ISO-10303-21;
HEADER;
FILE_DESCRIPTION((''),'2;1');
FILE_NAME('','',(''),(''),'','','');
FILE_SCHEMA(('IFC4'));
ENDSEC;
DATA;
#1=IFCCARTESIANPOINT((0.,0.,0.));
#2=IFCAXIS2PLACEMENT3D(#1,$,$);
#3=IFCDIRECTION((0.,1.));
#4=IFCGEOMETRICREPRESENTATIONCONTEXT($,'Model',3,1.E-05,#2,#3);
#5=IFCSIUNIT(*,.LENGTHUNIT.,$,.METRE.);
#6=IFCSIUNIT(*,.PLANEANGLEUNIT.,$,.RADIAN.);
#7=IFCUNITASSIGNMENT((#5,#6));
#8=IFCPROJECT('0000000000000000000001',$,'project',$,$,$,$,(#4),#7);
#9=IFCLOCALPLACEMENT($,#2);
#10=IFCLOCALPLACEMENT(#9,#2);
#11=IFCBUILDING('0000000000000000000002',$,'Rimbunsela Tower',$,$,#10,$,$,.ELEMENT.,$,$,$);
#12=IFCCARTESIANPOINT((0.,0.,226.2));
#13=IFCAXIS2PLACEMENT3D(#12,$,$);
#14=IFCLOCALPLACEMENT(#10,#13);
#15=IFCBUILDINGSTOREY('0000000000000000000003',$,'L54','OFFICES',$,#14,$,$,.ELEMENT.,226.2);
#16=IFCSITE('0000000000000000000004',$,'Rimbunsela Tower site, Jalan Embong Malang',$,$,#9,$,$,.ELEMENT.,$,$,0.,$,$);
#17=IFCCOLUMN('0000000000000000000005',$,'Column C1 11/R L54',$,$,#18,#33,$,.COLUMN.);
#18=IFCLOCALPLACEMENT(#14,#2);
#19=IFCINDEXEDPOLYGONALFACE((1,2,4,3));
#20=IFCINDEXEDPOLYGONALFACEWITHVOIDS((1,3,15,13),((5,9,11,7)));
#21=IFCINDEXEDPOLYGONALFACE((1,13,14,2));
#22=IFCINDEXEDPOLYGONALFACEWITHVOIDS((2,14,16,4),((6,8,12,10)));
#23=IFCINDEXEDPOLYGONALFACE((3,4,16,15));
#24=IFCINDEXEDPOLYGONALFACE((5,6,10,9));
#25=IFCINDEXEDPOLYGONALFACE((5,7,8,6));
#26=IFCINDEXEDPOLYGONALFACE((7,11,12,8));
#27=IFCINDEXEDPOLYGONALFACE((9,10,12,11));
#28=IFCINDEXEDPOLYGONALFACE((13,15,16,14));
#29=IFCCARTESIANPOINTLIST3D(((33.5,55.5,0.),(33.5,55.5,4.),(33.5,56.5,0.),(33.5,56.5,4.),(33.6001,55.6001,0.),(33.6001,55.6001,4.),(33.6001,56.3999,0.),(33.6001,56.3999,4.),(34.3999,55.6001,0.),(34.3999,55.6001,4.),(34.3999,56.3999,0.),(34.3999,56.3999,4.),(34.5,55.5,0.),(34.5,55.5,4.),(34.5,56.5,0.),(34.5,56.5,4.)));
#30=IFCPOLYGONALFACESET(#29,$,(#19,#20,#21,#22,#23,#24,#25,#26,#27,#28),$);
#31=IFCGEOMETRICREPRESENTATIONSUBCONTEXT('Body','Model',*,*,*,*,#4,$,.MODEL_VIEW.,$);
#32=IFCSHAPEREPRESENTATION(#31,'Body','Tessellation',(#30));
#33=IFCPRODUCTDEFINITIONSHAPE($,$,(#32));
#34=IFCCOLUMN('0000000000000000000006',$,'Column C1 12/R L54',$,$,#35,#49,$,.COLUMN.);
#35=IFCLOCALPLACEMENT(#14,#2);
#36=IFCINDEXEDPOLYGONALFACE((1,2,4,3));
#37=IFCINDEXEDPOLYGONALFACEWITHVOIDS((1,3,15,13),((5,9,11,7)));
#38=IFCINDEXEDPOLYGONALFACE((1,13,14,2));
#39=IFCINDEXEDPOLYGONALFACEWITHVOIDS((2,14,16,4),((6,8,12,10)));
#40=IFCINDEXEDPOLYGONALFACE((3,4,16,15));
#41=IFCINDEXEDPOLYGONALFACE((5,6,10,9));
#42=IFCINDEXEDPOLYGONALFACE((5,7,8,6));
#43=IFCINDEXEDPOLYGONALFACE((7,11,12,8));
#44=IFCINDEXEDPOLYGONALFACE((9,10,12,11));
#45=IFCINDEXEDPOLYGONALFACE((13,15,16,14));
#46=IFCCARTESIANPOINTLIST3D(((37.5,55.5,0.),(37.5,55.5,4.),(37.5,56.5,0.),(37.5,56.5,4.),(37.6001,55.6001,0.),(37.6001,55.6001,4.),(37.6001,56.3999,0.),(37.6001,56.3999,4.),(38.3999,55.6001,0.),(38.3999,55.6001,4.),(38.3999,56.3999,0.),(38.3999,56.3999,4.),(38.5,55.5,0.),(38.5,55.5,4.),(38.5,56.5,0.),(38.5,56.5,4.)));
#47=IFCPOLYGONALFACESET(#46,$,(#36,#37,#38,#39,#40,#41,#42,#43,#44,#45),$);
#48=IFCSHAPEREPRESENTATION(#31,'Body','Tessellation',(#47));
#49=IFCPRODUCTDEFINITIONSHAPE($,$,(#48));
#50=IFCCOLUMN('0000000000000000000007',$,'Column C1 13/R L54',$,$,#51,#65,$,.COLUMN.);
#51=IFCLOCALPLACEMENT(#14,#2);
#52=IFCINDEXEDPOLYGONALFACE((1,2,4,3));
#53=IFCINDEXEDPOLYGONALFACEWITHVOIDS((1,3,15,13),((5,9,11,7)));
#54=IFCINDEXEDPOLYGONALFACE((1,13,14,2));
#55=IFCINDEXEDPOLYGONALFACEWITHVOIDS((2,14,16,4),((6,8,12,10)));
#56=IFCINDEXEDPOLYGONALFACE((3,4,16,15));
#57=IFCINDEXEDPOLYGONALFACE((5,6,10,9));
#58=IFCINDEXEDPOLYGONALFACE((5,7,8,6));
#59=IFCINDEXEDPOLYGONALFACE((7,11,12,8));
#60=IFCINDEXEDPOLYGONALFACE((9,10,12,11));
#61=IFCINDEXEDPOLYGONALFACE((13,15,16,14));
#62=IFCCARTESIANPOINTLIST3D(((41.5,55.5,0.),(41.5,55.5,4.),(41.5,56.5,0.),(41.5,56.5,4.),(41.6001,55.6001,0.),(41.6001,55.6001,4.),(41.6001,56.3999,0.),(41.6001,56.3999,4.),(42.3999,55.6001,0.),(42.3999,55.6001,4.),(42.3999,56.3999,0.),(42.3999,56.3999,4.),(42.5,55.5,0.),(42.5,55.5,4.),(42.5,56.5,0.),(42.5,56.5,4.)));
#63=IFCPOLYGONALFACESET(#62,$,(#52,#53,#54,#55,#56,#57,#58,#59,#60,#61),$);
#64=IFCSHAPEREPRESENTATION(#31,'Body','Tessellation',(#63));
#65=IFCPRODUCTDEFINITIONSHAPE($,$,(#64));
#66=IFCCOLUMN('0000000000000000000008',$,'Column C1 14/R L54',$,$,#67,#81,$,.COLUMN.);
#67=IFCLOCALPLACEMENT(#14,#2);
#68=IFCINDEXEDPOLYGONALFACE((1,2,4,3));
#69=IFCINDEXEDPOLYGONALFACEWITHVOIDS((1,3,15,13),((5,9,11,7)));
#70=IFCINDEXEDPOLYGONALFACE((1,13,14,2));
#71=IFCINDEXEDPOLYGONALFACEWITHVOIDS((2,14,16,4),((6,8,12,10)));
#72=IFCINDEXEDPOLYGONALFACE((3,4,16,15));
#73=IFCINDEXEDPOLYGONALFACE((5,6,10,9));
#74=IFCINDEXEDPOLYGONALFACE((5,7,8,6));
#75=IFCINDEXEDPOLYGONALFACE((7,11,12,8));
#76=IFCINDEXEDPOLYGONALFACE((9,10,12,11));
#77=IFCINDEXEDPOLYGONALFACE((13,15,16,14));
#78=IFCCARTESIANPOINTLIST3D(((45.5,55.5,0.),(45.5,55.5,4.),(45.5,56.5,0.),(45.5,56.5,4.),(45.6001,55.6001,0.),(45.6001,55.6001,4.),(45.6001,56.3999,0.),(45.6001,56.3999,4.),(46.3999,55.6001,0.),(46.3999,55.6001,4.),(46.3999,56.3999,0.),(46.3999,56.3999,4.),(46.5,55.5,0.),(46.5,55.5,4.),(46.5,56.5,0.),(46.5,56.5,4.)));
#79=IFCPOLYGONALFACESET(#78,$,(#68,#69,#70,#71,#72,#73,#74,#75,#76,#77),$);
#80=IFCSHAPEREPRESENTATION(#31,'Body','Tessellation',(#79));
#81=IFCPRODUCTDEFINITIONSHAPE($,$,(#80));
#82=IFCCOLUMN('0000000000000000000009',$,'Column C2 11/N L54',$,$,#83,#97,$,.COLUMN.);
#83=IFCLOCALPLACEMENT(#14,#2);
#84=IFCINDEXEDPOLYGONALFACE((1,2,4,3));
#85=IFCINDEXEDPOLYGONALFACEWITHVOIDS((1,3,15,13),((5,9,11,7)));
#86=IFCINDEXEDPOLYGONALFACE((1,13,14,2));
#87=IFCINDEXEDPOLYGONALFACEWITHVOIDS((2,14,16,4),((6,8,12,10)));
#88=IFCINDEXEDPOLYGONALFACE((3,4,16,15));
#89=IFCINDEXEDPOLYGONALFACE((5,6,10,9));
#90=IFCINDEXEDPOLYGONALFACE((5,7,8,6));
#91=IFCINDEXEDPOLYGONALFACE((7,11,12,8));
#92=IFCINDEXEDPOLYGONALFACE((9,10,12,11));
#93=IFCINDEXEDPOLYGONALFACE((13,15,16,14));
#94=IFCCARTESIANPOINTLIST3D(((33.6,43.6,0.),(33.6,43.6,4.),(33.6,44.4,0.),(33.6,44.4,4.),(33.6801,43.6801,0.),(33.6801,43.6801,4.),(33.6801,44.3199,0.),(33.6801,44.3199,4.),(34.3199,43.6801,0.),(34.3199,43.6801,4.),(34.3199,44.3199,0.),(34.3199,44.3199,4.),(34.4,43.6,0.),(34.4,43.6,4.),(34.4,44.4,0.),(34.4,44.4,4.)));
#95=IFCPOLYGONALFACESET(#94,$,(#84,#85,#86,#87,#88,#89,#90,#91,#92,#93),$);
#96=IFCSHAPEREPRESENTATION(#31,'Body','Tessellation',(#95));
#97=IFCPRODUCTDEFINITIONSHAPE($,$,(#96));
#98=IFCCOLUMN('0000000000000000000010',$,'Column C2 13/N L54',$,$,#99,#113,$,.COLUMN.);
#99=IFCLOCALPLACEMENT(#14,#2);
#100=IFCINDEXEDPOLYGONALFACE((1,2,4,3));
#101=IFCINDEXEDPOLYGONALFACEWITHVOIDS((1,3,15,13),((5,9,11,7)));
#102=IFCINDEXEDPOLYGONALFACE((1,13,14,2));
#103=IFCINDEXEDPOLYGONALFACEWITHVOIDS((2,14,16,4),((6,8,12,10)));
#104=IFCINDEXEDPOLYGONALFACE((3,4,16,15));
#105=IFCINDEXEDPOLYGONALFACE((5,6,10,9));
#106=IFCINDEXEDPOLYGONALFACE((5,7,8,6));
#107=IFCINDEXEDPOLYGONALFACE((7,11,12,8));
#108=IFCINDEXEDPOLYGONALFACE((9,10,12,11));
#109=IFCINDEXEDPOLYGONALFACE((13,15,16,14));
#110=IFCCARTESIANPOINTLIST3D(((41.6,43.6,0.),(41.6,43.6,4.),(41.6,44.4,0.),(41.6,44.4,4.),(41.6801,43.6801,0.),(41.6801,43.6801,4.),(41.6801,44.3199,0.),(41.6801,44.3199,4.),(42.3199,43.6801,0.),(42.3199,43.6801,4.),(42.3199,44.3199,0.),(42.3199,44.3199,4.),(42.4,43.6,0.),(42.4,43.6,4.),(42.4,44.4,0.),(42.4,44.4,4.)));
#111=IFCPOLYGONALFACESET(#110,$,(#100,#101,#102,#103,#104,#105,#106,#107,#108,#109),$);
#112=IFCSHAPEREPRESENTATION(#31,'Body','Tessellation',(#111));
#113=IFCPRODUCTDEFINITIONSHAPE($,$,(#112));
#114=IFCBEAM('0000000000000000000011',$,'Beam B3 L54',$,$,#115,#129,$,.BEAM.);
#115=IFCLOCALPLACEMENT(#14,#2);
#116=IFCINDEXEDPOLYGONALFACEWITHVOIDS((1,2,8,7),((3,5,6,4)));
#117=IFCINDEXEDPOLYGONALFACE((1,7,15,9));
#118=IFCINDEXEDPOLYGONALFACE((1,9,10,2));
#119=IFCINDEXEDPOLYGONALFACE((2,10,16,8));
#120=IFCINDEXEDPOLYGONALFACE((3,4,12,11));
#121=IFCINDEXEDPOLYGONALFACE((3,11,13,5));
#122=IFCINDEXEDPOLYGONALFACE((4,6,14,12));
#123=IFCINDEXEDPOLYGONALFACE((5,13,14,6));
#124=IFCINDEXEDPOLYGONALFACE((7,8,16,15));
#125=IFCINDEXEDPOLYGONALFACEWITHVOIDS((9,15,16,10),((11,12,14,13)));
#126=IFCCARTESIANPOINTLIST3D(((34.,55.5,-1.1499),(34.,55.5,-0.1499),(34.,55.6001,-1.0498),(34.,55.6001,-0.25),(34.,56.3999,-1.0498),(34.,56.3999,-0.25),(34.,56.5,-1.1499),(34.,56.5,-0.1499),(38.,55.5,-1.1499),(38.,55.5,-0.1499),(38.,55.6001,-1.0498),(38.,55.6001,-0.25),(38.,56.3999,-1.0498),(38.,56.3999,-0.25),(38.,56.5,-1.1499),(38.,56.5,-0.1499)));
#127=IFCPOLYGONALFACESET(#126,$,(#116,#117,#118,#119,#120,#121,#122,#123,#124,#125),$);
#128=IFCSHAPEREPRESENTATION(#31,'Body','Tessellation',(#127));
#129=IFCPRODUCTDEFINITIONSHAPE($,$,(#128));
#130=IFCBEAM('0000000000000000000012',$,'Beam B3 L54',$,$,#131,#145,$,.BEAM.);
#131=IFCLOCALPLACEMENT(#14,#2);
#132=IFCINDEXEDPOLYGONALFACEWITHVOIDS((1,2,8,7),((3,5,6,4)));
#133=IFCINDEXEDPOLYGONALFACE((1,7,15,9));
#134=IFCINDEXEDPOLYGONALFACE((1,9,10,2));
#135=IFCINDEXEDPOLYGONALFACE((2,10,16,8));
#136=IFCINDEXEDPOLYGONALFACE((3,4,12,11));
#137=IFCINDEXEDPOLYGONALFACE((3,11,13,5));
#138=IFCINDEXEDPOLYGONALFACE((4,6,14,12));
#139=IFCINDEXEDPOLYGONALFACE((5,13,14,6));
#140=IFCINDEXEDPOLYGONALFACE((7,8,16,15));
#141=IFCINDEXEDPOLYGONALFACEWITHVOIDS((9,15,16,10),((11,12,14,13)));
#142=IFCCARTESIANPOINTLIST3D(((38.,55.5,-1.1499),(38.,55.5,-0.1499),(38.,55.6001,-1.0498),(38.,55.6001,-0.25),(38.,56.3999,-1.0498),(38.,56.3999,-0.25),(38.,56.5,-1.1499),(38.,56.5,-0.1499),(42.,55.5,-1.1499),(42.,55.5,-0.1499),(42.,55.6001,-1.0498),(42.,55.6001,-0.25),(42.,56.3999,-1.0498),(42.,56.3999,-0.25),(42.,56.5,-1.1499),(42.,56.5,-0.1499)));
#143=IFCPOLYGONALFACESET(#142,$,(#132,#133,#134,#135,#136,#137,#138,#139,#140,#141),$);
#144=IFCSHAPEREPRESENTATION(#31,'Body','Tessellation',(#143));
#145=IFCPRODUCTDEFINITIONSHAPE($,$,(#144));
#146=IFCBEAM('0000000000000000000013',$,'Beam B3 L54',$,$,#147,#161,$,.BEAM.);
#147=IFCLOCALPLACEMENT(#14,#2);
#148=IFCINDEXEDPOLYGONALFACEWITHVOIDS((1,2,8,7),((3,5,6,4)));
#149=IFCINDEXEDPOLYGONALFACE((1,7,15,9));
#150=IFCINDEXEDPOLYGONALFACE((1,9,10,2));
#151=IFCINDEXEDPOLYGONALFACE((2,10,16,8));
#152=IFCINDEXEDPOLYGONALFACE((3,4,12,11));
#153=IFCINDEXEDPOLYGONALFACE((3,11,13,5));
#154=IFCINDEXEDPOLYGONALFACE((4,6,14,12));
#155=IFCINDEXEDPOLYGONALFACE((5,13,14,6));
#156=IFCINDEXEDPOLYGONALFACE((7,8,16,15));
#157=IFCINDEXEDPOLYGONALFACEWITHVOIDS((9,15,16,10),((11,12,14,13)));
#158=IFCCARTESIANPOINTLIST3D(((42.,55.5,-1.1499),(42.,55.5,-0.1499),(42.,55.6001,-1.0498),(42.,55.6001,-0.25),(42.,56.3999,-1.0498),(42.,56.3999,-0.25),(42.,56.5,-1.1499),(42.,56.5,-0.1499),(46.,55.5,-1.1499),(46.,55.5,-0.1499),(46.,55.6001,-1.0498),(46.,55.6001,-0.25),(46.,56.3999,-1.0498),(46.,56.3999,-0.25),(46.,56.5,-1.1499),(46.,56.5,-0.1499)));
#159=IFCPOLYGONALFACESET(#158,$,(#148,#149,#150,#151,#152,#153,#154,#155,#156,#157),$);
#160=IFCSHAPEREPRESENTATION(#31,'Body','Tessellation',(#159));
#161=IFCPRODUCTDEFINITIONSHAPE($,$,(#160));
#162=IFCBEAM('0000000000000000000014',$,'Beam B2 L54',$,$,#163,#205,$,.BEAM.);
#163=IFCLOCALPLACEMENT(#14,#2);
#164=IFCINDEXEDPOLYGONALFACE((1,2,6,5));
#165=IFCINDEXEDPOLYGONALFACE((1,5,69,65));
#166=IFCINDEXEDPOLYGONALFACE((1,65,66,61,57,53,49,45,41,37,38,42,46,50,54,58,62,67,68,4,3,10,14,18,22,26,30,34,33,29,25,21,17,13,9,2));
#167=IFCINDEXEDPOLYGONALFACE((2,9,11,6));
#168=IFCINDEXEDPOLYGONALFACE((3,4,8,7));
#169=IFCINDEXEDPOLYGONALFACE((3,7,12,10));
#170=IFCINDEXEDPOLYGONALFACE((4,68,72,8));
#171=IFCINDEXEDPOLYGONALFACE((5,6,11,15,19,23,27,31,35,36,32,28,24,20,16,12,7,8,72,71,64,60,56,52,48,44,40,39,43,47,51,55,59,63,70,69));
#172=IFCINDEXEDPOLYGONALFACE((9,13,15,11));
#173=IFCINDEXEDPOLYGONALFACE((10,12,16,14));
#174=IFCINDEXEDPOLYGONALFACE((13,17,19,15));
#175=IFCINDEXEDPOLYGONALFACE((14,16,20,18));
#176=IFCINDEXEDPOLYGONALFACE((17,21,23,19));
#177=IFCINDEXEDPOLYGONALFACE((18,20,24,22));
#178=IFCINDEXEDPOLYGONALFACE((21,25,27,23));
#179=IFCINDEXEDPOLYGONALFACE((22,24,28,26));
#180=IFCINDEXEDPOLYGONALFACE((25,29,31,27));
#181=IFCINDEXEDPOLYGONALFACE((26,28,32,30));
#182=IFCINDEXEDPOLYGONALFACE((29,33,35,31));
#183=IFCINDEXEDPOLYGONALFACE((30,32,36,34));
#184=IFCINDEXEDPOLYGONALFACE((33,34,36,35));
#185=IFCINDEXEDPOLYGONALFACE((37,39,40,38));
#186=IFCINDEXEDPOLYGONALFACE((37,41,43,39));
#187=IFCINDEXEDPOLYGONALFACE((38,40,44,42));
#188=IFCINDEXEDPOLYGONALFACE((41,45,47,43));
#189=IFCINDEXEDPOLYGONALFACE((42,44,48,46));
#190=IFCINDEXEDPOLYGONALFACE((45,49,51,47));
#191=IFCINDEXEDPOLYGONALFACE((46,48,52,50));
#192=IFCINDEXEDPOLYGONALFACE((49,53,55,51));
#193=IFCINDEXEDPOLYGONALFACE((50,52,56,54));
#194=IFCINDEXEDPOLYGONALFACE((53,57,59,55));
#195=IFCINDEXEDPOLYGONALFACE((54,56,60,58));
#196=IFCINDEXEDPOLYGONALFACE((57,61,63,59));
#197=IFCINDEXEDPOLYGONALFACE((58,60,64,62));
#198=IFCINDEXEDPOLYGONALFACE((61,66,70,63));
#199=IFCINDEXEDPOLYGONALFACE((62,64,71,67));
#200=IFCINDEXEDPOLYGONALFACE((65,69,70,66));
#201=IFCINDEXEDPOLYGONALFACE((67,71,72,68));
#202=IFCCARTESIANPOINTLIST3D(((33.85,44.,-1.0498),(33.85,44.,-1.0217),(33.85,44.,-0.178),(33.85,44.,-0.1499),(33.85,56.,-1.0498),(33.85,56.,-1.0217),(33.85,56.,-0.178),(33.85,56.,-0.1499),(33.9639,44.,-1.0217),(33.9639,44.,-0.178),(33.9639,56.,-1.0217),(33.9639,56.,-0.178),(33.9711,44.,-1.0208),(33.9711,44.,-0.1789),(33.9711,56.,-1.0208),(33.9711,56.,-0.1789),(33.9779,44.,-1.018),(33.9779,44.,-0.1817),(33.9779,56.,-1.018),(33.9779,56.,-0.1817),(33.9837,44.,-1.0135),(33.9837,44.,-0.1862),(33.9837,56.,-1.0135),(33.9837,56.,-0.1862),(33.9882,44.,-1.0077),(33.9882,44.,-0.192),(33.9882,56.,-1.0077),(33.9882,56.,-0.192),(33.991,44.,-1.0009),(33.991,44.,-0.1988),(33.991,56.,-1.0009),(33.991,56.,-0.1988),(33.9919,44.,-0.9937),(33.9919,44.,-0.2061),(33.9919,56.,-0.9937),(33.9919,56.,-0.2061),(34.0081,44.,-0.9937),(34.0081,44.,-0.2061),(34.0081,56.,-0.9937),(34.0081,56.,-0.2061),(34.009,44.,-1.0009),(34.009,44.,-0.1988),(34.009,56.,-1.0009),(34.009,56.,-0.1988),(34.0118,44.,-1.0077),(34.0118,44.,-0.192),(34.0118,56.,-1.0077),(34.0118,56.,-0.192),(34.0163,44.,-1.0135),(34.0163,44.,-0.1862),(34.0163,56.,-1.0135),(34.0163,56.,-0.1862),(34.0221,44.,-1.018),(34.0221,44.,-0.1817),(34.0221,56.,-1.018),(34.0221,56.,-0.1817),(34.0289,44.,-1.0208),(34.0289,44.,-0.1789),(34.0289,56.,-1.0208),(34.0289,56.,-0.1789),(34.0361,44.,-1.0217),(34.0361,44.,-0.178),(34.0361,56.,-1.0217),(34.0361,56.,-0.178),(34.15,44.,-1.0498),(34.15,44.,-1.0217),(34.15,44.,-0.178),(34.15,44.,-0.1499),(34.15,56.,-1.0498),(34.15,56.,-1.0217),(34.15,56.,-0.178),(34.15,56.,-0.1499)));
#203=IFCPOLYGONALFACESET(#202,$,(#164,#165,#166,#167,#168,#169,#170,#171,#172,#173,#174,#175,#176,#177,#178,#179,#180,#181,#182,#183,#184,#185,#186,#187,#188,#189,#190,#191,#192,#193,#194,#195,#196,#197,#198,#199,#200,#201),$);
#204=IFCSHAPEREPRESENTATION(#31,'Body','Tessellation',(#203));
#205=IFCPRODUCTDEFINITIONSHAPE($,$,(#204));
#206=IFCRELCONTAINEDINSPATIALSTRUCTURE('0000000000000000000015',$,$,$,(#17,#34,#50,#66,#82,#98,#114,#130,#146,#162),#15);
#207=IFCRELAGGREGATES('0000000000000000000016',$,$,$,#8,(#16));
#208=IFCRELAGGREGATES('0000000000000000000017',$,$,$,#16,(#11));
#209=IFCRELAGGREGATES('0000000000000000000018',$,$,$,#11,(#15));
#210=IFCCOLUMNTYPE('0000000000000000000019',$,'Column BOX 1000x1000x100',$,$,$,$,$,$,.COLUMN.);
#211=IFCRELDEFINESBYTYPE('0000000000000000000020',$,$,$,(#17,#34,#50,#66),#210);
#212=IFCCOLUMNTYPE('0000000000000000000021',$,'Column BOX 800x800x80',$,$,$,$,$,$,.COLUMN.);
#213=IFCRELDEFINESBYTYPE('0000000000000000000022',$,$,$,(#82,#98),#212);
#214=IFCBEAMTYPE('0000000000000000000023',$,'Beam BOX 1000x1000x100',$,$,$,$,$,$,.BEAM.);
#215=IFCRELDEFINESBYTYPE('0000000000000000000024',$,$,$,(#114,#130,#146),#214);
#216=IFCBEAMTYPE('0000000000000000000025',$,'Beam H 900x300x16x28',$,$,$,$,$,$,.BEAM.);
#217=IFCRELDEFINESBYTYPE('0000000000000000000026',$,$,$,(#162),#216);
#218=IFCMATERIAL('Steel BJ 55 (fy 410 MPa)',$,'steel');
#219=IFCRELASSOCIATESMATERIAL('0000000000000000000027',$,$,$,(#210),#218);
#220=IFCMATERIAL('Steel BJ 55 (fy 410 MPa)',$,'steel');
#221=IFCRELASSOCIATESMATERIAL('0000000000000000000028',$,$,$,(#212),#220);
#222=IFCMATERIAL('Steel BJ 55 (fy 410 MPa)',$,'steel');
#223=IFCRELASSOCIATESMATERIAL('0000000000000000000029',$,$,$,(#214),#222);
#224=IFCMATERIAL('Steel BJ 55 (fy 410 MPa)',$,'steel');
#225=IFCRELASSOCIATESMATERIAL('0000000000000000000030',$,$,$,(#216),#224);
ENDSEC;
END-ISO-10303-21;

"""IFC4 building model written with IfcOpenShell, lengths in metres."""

from ifc_helpers import new_model, si_unit, direction, frame, origin, origin_2d, place, context, subcontext, project, spatial, hollow_rectangle, i_section, extrude, material, material_profile, profile_set, type_object, element, save


model = new_model("IFC4")

# Units and contexts
model_context = context("Model", 3, precision=1e-05, world=origin(), true_north=direction((0.0, 1.0)))
body_context = subcontext(model_context, "Body", "Model", "MODEL_VIEW")
ifc_project = project(units=[si_unit("LENGTHUNIT", "METRE"), si_unit("PLANEANGLEUNIT", "RADIAN")], contexts=[model_context])

# Site, building, storey
site_placement = place(None, origin())
site = spatial("IfcSite", under=ifc_project, at=site_placement, Name="Rimbunsela Tower site, Jalan Embong Malang", CompositionType="ELEMENT", RefElevation=0.0)
building_placement = place(site_placement, origin())
building = spatial("IfcBuilding", under=site, at=building_placement, Name="Rimbunsela Tower", CompositionType="ELEMENT")
storey_placement = place(building_placement, frame((0.0, 0.0, 226.2)))
storey = spatial("IfcBuildingStorey", under=building, at=storey_placement, Name="L54", Description="OFFICES", CompositionType="ELEMENT", Elevation=226.2)

# Columns
ifc_material_1 = material(Name="Steel BJ 55 (fy 410 MPa)", Category="steel")
ifc_material_profile_1 = material_profile(ifc_material_1, hollow_rectangle(XDim=1.0, YDim=1.0, WallThickness=0.1001, at=origin_2d()), Name="BOX 1000x1000x100")
ifc_profile_set_1 = profile_set([ifc_material_profile_1], Name="Steel BJ 55 (fy 410 MPa)")
column_type_1 = type_object("IfcColumnType", Name="Column BOX 1000x1000x100", PredefinedType="COLUMN", material=ifc_profile_set_1)
for number, where, z_axis, x_axis, name in (
    (1, (34.0, 56.0, 0.0), (0.0, 0.0, 1.0), (1.0, 0.0, 0.0), "Column C1 11/R L54"),
    (2, (38.0, 56.0, 0.0), (0.0, 0.0, 1.0), (1.0, 0.0, 0.0), "Column C1 12/R L54"),
    (3, (42.0, 56.0, 0.0), (0.0, 0.0, 1.0), (1.0, 0.0, 0.0), "Column C1 13/R L54"),
    (4, (46.0, 56.0, 0.0), (0.0, 0.0, 1.0), (1.0, 0.0, 0.0), "Column C1 14/R L54"),
):
    element("IfcColumn", number, at=place(storey_placement, frame(where, z_axis=z_axis, x_axis=x_axis)), inside=storey, type_object=column_type_1, Name=name, PredefinedType="COLUMN", context=body_context, shape_type="SweptSolid", body=[
        extrude(hollow_rectangle(XDim=1.0, YDim=1.0, WallThickness=0.1001, at=origin_2d()), origin(), (0.0, 0.0, 1.0), 4.0),
    ])
ifc_material_2 = material(Name="Steel BJ 55 (fy 410 MPa)", Category="steel")
ifc_material_profile_2 = material_profile(ifc_material_2, hollow_rectangle(XDim=0.8, YDim=0.8, WallThickness=0.0801, at=origin_2d()), Name="BOX 800x800x80")
ifc_profile_set_2 = profile_set([ifc_material_profile_2], Name="Steel BJ 55 (fy 410 MPa)")
column_type_2 = type_object("IfcColumnType", Name="Column BOX 800x800x80", PredefinedType="COLUMN", material=ifc_profile_set_2)
for number, where, z_axis, x_axis, name in (
    (5, (34.0, 44.0, 0.0), (0.0, 0.0, 1.0), (1.0, 0.0, 0.0), "Column C2 11/N L54"),
    (6, (42.0, 44.0, 0.0), (0.0, 0.0, 1.0), (1.0, 0.0, 0.0), "Column C2 13/N L54"),
):
    element("IfcColumn", number, at=place(storey_placement, frame(where, z_axis=z_axis, x_axis=x_axis)), inside=storey, type_object=column_type_2, Name=name, PredefinedType="COLUMN", context=body_context, shape_type="SweptSolid", body=[
        extrude(hollow_rectangle(XDim=0.8, YDim=0.8, WallThickness=0.0801, at=origin_2d()), origin(), (0.0, 0.0, 1.0), 4.0),
    ])

# Beams
ifc_material_3 = material(Name="Steel BJ 55 (fy 410 MPa)", Category="steel")
ifc_material_profile_3 = material_profile(ifc_material_3, hollow_rectangle(XDim=1.0, YDim=1.0, WallThickness=0.1001, at=origin_2d()), Name="BOX 1000x1000x100")
ifc_profile_set_3 = profile_set([ifc_material_profile_3], Name="Steel BJ 55 (fy 410 MPa)")
beam_type_1 = type_object("IfcBeamType", Name="Beam BOX 1000x1000x100", PredefinedType="BEAM", material=ifc_profile_set_3)
for number, where, z_axis, x_axis, name in (
    (7, (34.0, 56.0, -0.6499), (1.0, 0.0, 0.0), (0.0, 1.0, 0.0), "Beam B3 L54"),
    (8, (38.0, 56.0, -0.6499), (1.0, 0.0, 0.0), (0.0, 1.0, 0.0), "Beam B3 L54"),
    (9, (42.0, 56.0, -0.6499), (1.0, 0.0, 0.0), (0.0, 1.0, 0.0), "Beam B3 L54"),
):
    element("IfcBeam", number, at=place(storey_placement, frame(where, z_axis=z_axis, x_axis=x_axis)), inside=storey, type_object=beam_type_1, Name=name, PredefinedType="BEAM", context=body_context, shape_type="SweptSolid", body=[
        extrude(hollow_rectangle(XDim=1.0, YDim=1.0, WallThickness=0.1001, at=origin_2d()), origin(), (0.0, 0.0, 1.0), 4.0),
    ])
ifc_material_4 = material(Name="Steel BJ 55 (fy 410 MPa)", Category="steel")
ifc_material_profile_4 = material_profile(ifc_material_4, i_section(OverallWidth=0.3, OverallDepth=0.8999, WebThickness=0.0161, FlangeThickness=0.0281, FilletRadius=0.0281, at=origin_2d()), Name="H 900x300x16x28")
ifc_profile_set_4 = profile_set([ifc_material_profile_4], Name="Steel BJ 55 (fy 410 MPa)")
beam_type_2 = type_object("IfcBeamType", Name="Beam H 900x300x16x28", PredefinedType="BEAM", material=ifc_profile_set_4)
for number, where, z_axis, x_axis, name in (
    (10, (34.0, 44.0, -0.5999), (0.0, 1.0, 0.0), (-1.0, 0.0, 0.0), "Beam B2 L54"),
):
    element("IfcBeam", number, at=place(storey_placement, frame(where, z_axis=z_axis, x_axis=x_axis)), inside=storey, type_object=beam_type_2, Name=name, PredefinedType="BEAM", context=body_context, shape_type="SweptSolid", body=[
        extrude(i_section(OverallWidth=0.3, OverallDepth=0.8999, WebThickness=0.0161, FlangeThickness=0.0281, FilletRadius=0.0281, at=origin_2d()), origin(), (0.0, 0.0, 1.0), 12.0),
    ])

save(model, "model.ifc")
